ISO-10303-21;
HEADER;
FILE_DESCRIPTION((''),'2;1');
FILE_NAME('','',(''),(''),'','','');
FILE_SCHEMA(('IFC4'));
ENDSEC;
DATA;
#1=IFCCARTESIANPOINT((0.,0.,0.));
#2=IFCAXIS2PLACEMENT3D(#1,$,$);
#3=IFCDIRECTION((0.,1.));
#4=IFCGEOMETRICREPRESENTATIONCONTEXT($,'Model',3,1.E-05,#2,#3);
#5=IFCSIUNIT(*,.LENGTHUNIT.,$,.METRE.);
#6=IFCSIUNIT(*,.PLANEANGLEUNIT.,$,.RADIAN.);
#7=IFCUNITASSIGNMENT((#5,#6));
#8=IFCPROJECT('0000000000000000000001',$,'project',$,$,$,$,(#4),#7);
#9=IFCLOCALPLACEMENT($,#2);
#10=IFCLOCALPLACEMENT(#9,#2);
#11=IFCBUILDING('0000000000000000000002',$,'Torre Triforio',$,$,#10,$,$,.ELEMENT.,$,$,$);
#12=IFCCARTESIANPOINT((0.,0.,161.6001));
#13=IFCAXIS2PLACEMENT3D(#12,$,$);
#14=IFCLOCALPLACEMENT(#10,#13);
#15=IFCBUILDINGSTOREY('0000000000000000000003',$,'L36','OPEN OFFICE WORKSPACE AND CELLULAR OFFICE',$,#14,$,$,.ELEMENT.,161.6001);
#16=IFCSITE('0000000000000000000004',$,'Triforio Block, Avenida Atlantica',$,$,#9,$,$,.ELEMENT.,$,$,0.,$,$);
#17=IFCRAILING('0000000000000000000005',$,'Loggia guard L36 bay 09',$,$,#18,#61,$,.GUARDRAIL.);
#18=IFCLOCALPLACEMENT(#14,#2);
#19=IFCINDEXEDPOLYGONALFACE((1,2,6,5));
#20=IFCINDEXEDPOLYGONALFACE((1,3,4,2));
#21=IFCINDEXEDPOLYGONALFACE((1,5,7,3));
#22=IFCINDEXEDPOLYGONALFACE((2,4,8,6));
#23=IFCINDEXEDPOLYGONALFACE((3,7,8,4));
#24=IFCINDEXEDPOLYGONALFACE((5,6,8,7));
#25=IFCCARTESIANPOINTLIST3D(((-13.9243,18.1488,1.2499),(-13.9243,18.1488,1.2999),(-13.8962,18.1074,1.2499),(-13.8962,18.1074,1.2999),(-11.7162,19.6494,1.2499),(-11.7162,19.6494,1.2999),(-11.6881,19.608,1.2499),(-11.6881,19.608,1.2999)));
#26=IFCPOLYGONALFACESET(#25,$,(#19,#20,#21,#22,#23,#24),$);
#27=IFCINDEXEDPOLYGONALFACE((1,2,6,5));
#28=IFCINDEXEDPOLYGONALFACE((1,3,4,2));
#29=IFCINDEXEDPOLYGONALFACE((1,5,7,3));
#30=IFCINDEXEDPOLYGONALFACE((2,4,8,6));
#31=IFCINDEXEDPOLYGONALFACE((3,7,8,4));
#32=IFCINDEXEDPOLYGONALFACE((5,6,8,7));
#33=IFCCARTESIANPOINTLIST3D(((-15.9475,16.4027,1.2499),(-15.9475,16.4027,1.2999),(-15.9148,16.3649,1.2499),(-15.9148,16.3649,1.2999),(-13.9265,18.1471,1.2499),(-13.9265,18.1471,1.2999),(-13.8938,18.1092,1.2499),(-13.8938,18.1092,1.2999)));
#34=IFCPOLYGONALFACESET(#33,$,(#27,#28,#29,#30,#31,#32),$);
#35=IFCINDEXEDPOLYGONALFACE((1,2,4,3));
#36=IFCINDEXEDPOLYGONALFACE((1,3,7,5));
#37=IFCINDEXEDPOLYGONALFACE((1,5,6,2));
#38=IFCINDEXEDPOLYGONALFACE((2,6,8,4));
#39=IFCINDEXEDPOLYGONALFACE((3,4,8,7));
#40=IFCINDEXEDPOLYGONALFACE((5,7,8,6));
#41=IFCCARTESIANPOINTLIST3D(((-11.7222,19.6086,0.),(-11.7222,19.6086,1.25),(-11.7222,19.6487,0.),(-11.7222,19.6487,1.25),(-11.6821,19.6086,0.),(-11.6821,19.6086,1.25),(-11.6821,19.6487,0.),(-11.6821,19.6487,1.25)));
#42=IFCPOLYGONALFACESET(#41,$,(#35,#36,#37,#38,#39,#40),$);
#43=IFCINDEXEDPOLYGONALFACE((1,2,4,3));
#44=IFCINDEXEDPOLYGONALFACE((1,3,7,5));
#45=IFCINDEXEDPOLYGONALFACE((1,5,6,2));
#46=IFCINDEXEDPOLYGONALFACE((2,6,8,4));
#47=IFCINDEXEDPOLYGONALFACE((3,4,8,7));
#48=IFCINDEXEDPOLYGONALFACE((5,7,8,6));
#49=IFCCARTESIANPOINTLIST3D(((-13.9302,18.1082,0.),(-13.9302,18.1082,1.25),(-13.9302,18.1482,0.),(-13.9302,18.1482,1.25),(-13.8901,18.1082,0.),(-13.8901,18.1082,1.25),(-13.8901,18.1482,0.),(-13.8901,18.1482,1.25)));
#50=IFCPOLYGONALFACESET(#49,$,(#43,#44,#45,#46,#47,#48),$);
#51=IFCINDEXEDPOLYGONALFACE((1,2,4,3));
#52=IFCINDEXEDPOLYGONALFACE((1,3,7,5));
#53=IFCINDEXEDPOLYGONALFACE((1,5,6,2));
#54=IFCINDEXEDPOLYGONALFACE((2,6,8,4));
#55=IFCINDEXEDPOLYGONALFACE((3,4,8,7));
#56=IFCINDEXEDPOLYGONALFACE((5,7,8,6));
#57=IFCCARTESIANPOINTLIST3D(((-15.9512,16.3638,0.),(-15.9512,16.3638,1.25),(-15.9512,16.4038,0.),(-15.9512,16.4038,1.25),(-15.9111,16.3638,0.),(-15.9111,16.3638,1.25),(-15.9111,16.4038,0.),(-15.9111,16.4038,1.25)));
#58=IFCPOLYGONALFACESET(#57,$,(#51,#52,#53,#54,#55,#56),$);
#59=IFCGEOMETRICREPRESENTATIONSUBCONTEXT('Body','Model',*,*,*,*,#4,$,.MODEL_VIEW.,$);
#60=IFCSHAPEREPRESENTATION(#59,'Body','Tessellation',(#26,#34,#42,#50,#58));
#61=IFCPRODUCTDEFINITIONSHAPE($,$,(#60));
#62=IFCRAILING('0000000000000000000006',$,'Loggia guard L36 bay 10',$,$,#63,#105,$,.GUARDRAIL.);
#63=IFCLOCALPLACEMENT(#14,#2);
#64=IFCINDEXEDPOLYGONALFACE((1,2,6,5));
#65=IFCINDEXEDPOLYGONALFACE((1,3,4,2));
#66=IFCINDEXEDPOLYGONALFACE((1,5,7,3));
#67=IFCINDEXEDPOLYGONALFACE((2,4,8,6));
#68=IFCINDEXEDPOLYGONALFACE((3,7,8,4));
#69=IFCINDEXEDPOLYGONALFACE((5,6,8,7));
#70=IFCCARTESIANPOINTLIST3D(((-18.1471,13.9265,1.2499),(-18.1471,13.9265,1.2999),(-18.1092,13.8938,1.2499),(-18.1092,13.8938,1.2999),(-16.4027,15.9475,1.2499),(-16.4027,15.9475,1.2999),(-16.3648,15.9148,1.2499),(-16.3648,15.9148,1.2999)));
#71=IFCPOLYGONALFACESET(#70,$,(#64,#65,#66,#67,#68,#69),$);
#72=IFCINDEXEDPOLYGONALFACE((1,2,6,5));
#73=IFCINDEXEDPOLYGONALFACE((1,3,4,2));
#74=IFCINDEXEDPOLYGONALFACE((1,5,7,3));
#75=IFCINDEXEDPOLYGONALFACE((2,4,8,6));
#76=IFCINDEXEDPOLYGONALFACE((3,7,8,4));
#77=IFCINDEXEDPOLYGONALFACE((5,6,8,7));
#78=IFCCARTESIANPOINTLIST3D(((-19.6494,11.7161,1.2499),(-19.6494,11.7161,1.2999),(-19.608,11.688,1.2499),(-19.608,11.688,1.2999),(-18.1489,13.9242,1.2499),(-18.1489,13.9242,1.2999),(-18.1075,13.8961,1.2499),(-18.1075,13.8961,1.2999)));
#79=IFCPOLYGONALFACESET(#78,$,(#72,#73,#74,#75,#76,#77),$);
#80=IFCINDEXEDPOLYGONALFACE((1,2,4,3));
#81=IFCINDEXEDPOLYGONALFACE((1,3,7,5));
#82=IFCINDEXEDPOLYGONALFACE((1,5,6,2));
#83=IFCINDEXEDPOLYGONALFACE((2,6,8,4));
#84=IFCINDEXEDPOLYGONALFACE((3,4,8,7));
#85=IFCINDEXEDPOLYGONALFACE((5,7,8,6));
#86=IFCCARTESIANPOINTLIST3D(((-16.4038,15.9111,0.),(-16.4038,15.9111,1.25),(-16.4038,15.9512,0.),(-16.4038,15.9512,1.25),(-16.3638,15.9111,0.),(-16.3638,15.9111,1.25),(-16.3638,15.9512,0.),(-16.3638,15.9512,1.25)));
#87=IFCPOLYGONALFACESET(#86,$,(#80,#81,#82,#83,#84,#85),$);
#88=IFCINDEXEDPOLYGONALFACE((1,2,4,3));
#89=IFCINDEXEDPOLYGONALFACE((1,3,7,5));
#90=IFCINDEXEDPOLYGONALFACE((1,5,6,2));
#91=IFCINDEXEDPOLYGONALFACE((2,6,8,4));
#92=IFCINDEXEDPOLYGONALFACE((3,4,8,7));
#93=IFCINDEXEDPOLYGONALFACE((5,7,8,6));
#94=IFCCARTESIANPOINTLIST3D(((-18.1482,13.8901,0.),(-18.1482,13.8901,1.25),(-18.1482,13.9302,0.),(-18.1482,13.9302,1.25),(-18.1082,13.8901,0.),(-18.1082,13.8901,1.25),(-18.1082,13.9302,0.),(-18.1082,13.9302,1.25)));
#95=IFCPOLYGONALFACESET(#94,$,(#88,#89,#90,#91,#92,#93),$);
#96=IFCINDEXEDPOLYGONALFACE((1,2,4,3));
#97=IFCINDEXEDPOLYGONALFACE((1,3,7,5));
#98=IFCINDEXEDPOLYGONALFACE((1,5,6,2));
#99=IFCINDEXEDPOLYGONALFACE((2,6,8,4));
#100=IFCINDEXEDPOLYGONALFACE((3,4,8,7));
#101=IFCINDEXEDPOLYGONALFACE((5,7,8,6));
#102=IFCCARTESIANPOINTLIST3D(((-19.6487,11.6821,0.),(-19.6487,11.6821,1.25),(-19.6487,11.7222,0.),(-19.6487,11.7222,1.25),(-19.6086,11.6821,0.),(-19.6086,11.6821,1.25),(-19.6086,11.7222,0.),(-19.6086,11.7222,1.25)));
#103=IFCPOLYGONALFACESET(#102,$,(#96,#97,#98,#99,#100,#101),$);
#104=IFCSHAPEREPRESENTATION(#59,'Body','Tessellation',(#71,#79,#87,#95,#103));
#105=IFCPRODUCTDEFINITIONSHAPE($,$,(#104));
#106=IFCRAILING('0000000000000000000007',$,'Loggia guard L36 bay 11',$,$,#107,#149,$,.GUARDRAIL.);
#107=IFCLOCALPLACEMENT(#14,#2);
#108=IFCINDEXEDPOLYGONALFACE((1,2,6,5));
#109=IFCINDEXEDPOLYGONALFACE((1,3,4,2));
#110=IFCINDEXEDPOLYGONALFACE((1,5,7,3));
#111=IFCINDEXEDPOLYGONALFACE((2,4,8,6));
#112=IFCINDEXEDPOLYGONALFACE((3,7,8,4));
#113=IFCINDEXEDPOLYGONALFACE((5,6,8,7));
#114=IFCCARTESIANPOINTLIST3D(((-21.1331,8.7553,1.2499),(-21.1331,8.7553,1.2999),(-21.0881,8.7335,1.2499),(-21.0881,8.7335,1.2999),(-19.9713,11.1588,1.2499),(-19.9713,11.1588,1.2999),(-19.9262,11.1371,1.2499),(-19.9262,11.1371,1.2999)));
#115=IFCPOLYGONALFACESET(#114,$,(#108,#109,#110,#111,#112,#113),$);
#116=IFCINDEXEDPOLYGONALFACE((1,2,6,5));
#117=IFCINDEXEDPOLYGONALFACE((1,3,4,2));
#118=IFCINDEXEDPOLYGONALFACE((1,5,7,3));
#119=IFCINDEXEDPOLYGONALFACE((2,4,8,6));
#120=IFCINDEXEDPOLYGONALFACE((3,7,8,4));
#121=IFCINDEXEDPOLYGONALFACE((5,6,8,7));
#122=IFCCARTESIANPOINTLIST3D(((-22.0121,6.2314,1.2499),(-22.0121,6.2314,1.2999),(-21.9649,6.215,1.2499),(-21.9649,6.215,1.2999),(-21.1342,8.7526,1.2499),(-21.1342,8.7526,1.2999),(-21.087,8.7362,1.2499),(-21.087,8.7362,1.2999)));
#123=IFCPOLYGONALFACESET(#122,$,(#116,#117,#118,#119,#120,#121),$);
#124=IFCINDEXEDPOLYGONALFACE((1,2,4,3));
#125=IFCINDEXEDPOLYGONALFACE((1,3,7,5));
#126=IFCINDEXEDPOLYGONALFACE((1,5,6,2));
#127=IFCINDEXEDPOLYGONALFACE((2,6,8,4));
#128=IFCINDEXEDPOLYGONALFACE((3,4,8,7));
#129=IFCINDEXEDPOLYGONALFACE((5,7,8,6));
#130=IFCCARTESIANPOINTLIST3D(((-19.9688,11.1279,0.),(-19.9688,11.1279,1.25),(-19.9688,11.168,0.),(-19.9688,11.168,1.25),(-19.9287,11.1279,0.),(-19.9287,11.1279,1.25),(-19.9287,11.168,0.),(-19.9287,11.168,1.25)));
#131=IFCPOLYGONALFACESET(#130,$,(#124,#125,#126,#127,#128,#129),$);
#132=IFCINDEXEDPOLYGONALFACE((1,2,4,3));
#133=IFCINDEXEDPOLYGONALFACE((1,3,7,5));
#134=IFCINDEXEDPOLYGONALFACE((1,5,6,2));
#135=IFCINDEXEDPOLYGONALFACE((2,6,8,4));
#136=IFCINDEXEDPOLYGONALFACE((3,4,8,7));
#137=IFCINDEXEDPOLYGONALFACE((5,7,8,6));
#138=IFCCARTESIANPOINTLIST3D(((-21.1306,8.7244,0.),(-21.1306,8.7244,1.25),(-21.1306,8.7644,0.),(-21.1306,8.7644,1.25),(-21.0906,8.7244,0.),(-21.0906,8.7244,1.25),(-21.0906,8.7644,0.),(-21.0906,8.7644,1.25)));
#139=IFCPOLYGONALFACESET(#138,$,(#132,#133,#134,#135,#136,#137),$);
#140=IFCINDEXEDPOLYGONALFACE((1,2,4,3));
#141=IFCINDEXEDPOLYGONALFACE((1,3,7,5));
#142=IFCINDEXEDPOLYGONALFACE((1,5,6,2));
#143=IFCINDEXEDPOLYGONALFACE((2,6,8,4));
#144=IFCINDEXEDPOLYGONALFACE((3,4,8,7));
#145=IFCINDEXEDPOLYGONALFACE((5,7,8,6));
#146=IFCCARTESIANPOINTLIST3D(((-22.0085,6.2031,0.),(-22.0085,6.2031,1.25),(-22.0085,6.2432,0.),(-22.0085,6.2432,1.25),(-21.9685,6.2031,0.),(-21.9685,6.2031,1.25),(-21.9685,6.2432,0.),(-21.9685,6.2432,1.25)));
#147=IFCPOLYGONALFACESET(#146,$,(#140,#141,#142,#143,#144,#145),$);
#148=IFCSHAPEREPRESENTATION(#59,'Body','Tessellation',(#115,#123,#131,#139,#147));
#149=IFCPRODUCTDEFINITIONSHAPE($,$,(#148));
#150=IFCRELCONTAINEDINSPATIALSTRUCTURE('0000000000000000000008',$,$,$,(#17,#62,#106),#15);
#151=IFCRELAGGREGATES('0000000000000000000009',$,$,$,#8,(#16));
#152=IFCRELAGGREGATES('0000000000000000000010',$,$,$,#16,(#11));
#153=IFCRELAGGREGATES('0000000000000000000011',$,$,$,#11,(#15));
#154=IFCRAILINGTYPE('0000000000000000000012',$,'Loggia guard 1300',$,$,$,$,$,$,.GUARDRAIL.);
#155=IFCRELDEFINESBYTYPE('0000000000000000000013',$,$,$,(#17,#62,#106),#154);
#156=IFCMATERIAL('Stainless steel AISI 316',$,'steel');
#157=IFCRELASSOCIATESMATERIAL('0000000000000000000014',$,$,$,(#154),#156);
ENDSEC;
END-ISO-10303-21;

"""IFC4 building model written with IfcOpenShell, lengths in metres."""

from ifc_helpers import new_model, si_unit, direction, frame, origin, origin_2d, place, context, subcontext, project, spatial, rectangle, extrude, material, type_object, element, save


model = new_model("IFC4")

# Units and contexts
model_context = context("Model", 3, precision=1e-05, world=origin(), true_north=direction((0.0, 1.0)))
body_context = subcontext(model_context, "Body", "Model", "MODEL_VIEW")
ifc_project = project(units=[si_unit("LENGTHUNIT", "METRE"), si_unit("PLANEANGLEUNIT", "RADIAN")], contexts=[model_context])

# Site, building, storey
site_placement = place(None, origin())
site = spatial("IfcSite", under=ifc_project, at=site_placement, Name="Triforio Block, Avenida Atlantica", CompositionType="ELEMENT", RefElevation=0.0)
building_placement = place(site_placement, origin())
building = spatial("IfcBuilding", under=site, at=building_placement, Name="Torre Triforio", CompositionType="ELEMENT")
storey_placement = place(building_placement, frame((0.0, 0.0, 161.6001)))
storey = spatial("IfcBuildingStorey", under=building, at=storey_placement, Name="L36", Description="OPEN OFFICE WORKSPACE AND CELLULAR OFFICE", CompositionType="ELEMENT", Elevation=161.6001)

# Railings
ifc_material_1 = material(Name="Stainless steel AISI 316", Category="steel")
railing_type = type_object("IfcRailingType", Name="Loggia guard 1300", PredefinedType="GUARDRAIL", material=ifc_material_1)
railing_1_placement = place(storey_placement, frame((-11.7021, 19.6287, 0.0)))
element("IfcRailing", 1, at=railing_1_placement, inside=storey, type_object=railing_type, Name="Loggia guard L36 bay 09", PredefinedType="GUARDRAIL", context=body_context, shape_type="SweptSolid", body=[
    extrude(rectangle(XDim=0.05, YDim=0.05, at=origin_2d()), frame((0.0, 0.0, 1.2749), z_axis=(-0.827093, -0.562065, 0.0), x_axis=(0.562065, -0.827093, 0.0)), (0.0, 0.0, 1.0), 2.6697),
    extrude(rectangle(XDim=0.05, YDim=0.05, at=origin_2d()), frame((-2.208, -1.5005, 1.2749), z_axis=(-0.757012, -0.653401, 0.0), x_axis=(0.653401, -0.757012, 0.0)), (0.0, 0.0, 1.0), 2.6697),
    extrude(rectangle(XDim=0.04, YDim=0.04, at=origin_2d()), origin(), (0.0, 0.0, 1.0), 1.25),
    extrude(rectangle(XDim=0.04, YDim=0.04, at=origin_2d()), frame((-2.208, -1.5005, 0.0)), (0.0, 0.0, 1.0), 1.25),
    extrude(rectangle(XDim=0.04, YDim=0.04, at=origin_2d()), frame((-4.229, -3.2449, 0.0)), (0.0, 0.0, 1.0), 1.25),
])
railing_2_placement = place(storey_placement, frame((-16.3838, 15.9312, 0.0)))
element("IfcRailing", 2, at=railing_2_placement, inside=storey, type_object=railing_type, Name="Loggia guard L36 bay 10", PredefinedType="GUARDRAIL", context=body_context, shape_type="SweptSolid", body=[
    extrude(rectangle(XDim=0.05, YDim=0.05, at=origin_2d()), frame((0.0, 0.0, 1.2749), z_axis=(-0.653401, -0.757012, 0.0), x_axis=(0.757012, -0.653401, 0.0)), (0.0, 0.0, 1.0), 2.6697),
    extrude(rectangle(XDim=0.05, YDim=0.05, at=origin_2d()), frame((-1.7444, -2.021, 1.2749), z_axis=(-0.562065, -0.827093, 0.0), x_axis=(0.827093, -0.562065, 0.0)), (0.0, 0.0, 1.0), 2.6697),
    extrude(rectangle(XDim=0.04, YDim=0.04, at=origin_2d()), origin(), (0.0, 0.0, 1.0), 1.25),
    extrude(rectangle(XDim=0.04, YDim=0.04, at=origin_2d()), frame((-1.7444, -2.021, 0.0)), (0.0, 0.0, 1.0), 1.25),
    extrude(rectangle(XDim=0.04, YDim=0.04, at=origin_2d()), frame((-3.2449, -4.229, 0.0)), (0.0, 0.0, 1.0), 1.25),
])
railing_3_placement = place(storey_placement, frame((-19.9487, 11.1479, 0.0)))
element("IfcRailing", 3, at=railing_3_placement, inside=storey, type_object=railing_type, Name="Loggia guard L36 bay 11", PredefinedType="GUARDRAIL", context=body_context, shape_type="SweptSolid", body=[
    extrude(rectangle(XDim=0.05, YDim=0.05, at=origin_2d()), frame((0.0, 0.0, 1.2749), z_axis=(-0.435212, -0.900328, 0.0), x_axis=(0.900328, -0.435212, 0.0)), (0.0, 0.0, 1.0), 2.6697),
    extrude(rectangle(XDim=0.05, YDim=0.05, at=origin_2d()), frame((-1.1619, -2.4036, 1.2749), z_axis=(-0.328847, -0.944383, 0.0), x_axis=(0.944383, -0.328847, 0.0)), (0.0, 0.0, 1.0), 2.6697),
    extrude(rectangle(XDim=0.04, YDim=0.04, at=origin_2d()), origin(), (0.0, 0.0, 1.0), 1.25),
    extrude(rectangle(XDim=0.04, YDim=0.04, at=origin_2d()), frame((-1.1619, -2.4036, 0.0)), (0.0, 0.0, 1.0), 1.25),
    extrude(rectangle(XDim=0.04, YDim=0.04, at=origin_2d()), frame((-2.0398, -4.9248, 0.0)), (0.0, 0.0, 1.0), 1.25),
])

save(model, "model.ifc")
